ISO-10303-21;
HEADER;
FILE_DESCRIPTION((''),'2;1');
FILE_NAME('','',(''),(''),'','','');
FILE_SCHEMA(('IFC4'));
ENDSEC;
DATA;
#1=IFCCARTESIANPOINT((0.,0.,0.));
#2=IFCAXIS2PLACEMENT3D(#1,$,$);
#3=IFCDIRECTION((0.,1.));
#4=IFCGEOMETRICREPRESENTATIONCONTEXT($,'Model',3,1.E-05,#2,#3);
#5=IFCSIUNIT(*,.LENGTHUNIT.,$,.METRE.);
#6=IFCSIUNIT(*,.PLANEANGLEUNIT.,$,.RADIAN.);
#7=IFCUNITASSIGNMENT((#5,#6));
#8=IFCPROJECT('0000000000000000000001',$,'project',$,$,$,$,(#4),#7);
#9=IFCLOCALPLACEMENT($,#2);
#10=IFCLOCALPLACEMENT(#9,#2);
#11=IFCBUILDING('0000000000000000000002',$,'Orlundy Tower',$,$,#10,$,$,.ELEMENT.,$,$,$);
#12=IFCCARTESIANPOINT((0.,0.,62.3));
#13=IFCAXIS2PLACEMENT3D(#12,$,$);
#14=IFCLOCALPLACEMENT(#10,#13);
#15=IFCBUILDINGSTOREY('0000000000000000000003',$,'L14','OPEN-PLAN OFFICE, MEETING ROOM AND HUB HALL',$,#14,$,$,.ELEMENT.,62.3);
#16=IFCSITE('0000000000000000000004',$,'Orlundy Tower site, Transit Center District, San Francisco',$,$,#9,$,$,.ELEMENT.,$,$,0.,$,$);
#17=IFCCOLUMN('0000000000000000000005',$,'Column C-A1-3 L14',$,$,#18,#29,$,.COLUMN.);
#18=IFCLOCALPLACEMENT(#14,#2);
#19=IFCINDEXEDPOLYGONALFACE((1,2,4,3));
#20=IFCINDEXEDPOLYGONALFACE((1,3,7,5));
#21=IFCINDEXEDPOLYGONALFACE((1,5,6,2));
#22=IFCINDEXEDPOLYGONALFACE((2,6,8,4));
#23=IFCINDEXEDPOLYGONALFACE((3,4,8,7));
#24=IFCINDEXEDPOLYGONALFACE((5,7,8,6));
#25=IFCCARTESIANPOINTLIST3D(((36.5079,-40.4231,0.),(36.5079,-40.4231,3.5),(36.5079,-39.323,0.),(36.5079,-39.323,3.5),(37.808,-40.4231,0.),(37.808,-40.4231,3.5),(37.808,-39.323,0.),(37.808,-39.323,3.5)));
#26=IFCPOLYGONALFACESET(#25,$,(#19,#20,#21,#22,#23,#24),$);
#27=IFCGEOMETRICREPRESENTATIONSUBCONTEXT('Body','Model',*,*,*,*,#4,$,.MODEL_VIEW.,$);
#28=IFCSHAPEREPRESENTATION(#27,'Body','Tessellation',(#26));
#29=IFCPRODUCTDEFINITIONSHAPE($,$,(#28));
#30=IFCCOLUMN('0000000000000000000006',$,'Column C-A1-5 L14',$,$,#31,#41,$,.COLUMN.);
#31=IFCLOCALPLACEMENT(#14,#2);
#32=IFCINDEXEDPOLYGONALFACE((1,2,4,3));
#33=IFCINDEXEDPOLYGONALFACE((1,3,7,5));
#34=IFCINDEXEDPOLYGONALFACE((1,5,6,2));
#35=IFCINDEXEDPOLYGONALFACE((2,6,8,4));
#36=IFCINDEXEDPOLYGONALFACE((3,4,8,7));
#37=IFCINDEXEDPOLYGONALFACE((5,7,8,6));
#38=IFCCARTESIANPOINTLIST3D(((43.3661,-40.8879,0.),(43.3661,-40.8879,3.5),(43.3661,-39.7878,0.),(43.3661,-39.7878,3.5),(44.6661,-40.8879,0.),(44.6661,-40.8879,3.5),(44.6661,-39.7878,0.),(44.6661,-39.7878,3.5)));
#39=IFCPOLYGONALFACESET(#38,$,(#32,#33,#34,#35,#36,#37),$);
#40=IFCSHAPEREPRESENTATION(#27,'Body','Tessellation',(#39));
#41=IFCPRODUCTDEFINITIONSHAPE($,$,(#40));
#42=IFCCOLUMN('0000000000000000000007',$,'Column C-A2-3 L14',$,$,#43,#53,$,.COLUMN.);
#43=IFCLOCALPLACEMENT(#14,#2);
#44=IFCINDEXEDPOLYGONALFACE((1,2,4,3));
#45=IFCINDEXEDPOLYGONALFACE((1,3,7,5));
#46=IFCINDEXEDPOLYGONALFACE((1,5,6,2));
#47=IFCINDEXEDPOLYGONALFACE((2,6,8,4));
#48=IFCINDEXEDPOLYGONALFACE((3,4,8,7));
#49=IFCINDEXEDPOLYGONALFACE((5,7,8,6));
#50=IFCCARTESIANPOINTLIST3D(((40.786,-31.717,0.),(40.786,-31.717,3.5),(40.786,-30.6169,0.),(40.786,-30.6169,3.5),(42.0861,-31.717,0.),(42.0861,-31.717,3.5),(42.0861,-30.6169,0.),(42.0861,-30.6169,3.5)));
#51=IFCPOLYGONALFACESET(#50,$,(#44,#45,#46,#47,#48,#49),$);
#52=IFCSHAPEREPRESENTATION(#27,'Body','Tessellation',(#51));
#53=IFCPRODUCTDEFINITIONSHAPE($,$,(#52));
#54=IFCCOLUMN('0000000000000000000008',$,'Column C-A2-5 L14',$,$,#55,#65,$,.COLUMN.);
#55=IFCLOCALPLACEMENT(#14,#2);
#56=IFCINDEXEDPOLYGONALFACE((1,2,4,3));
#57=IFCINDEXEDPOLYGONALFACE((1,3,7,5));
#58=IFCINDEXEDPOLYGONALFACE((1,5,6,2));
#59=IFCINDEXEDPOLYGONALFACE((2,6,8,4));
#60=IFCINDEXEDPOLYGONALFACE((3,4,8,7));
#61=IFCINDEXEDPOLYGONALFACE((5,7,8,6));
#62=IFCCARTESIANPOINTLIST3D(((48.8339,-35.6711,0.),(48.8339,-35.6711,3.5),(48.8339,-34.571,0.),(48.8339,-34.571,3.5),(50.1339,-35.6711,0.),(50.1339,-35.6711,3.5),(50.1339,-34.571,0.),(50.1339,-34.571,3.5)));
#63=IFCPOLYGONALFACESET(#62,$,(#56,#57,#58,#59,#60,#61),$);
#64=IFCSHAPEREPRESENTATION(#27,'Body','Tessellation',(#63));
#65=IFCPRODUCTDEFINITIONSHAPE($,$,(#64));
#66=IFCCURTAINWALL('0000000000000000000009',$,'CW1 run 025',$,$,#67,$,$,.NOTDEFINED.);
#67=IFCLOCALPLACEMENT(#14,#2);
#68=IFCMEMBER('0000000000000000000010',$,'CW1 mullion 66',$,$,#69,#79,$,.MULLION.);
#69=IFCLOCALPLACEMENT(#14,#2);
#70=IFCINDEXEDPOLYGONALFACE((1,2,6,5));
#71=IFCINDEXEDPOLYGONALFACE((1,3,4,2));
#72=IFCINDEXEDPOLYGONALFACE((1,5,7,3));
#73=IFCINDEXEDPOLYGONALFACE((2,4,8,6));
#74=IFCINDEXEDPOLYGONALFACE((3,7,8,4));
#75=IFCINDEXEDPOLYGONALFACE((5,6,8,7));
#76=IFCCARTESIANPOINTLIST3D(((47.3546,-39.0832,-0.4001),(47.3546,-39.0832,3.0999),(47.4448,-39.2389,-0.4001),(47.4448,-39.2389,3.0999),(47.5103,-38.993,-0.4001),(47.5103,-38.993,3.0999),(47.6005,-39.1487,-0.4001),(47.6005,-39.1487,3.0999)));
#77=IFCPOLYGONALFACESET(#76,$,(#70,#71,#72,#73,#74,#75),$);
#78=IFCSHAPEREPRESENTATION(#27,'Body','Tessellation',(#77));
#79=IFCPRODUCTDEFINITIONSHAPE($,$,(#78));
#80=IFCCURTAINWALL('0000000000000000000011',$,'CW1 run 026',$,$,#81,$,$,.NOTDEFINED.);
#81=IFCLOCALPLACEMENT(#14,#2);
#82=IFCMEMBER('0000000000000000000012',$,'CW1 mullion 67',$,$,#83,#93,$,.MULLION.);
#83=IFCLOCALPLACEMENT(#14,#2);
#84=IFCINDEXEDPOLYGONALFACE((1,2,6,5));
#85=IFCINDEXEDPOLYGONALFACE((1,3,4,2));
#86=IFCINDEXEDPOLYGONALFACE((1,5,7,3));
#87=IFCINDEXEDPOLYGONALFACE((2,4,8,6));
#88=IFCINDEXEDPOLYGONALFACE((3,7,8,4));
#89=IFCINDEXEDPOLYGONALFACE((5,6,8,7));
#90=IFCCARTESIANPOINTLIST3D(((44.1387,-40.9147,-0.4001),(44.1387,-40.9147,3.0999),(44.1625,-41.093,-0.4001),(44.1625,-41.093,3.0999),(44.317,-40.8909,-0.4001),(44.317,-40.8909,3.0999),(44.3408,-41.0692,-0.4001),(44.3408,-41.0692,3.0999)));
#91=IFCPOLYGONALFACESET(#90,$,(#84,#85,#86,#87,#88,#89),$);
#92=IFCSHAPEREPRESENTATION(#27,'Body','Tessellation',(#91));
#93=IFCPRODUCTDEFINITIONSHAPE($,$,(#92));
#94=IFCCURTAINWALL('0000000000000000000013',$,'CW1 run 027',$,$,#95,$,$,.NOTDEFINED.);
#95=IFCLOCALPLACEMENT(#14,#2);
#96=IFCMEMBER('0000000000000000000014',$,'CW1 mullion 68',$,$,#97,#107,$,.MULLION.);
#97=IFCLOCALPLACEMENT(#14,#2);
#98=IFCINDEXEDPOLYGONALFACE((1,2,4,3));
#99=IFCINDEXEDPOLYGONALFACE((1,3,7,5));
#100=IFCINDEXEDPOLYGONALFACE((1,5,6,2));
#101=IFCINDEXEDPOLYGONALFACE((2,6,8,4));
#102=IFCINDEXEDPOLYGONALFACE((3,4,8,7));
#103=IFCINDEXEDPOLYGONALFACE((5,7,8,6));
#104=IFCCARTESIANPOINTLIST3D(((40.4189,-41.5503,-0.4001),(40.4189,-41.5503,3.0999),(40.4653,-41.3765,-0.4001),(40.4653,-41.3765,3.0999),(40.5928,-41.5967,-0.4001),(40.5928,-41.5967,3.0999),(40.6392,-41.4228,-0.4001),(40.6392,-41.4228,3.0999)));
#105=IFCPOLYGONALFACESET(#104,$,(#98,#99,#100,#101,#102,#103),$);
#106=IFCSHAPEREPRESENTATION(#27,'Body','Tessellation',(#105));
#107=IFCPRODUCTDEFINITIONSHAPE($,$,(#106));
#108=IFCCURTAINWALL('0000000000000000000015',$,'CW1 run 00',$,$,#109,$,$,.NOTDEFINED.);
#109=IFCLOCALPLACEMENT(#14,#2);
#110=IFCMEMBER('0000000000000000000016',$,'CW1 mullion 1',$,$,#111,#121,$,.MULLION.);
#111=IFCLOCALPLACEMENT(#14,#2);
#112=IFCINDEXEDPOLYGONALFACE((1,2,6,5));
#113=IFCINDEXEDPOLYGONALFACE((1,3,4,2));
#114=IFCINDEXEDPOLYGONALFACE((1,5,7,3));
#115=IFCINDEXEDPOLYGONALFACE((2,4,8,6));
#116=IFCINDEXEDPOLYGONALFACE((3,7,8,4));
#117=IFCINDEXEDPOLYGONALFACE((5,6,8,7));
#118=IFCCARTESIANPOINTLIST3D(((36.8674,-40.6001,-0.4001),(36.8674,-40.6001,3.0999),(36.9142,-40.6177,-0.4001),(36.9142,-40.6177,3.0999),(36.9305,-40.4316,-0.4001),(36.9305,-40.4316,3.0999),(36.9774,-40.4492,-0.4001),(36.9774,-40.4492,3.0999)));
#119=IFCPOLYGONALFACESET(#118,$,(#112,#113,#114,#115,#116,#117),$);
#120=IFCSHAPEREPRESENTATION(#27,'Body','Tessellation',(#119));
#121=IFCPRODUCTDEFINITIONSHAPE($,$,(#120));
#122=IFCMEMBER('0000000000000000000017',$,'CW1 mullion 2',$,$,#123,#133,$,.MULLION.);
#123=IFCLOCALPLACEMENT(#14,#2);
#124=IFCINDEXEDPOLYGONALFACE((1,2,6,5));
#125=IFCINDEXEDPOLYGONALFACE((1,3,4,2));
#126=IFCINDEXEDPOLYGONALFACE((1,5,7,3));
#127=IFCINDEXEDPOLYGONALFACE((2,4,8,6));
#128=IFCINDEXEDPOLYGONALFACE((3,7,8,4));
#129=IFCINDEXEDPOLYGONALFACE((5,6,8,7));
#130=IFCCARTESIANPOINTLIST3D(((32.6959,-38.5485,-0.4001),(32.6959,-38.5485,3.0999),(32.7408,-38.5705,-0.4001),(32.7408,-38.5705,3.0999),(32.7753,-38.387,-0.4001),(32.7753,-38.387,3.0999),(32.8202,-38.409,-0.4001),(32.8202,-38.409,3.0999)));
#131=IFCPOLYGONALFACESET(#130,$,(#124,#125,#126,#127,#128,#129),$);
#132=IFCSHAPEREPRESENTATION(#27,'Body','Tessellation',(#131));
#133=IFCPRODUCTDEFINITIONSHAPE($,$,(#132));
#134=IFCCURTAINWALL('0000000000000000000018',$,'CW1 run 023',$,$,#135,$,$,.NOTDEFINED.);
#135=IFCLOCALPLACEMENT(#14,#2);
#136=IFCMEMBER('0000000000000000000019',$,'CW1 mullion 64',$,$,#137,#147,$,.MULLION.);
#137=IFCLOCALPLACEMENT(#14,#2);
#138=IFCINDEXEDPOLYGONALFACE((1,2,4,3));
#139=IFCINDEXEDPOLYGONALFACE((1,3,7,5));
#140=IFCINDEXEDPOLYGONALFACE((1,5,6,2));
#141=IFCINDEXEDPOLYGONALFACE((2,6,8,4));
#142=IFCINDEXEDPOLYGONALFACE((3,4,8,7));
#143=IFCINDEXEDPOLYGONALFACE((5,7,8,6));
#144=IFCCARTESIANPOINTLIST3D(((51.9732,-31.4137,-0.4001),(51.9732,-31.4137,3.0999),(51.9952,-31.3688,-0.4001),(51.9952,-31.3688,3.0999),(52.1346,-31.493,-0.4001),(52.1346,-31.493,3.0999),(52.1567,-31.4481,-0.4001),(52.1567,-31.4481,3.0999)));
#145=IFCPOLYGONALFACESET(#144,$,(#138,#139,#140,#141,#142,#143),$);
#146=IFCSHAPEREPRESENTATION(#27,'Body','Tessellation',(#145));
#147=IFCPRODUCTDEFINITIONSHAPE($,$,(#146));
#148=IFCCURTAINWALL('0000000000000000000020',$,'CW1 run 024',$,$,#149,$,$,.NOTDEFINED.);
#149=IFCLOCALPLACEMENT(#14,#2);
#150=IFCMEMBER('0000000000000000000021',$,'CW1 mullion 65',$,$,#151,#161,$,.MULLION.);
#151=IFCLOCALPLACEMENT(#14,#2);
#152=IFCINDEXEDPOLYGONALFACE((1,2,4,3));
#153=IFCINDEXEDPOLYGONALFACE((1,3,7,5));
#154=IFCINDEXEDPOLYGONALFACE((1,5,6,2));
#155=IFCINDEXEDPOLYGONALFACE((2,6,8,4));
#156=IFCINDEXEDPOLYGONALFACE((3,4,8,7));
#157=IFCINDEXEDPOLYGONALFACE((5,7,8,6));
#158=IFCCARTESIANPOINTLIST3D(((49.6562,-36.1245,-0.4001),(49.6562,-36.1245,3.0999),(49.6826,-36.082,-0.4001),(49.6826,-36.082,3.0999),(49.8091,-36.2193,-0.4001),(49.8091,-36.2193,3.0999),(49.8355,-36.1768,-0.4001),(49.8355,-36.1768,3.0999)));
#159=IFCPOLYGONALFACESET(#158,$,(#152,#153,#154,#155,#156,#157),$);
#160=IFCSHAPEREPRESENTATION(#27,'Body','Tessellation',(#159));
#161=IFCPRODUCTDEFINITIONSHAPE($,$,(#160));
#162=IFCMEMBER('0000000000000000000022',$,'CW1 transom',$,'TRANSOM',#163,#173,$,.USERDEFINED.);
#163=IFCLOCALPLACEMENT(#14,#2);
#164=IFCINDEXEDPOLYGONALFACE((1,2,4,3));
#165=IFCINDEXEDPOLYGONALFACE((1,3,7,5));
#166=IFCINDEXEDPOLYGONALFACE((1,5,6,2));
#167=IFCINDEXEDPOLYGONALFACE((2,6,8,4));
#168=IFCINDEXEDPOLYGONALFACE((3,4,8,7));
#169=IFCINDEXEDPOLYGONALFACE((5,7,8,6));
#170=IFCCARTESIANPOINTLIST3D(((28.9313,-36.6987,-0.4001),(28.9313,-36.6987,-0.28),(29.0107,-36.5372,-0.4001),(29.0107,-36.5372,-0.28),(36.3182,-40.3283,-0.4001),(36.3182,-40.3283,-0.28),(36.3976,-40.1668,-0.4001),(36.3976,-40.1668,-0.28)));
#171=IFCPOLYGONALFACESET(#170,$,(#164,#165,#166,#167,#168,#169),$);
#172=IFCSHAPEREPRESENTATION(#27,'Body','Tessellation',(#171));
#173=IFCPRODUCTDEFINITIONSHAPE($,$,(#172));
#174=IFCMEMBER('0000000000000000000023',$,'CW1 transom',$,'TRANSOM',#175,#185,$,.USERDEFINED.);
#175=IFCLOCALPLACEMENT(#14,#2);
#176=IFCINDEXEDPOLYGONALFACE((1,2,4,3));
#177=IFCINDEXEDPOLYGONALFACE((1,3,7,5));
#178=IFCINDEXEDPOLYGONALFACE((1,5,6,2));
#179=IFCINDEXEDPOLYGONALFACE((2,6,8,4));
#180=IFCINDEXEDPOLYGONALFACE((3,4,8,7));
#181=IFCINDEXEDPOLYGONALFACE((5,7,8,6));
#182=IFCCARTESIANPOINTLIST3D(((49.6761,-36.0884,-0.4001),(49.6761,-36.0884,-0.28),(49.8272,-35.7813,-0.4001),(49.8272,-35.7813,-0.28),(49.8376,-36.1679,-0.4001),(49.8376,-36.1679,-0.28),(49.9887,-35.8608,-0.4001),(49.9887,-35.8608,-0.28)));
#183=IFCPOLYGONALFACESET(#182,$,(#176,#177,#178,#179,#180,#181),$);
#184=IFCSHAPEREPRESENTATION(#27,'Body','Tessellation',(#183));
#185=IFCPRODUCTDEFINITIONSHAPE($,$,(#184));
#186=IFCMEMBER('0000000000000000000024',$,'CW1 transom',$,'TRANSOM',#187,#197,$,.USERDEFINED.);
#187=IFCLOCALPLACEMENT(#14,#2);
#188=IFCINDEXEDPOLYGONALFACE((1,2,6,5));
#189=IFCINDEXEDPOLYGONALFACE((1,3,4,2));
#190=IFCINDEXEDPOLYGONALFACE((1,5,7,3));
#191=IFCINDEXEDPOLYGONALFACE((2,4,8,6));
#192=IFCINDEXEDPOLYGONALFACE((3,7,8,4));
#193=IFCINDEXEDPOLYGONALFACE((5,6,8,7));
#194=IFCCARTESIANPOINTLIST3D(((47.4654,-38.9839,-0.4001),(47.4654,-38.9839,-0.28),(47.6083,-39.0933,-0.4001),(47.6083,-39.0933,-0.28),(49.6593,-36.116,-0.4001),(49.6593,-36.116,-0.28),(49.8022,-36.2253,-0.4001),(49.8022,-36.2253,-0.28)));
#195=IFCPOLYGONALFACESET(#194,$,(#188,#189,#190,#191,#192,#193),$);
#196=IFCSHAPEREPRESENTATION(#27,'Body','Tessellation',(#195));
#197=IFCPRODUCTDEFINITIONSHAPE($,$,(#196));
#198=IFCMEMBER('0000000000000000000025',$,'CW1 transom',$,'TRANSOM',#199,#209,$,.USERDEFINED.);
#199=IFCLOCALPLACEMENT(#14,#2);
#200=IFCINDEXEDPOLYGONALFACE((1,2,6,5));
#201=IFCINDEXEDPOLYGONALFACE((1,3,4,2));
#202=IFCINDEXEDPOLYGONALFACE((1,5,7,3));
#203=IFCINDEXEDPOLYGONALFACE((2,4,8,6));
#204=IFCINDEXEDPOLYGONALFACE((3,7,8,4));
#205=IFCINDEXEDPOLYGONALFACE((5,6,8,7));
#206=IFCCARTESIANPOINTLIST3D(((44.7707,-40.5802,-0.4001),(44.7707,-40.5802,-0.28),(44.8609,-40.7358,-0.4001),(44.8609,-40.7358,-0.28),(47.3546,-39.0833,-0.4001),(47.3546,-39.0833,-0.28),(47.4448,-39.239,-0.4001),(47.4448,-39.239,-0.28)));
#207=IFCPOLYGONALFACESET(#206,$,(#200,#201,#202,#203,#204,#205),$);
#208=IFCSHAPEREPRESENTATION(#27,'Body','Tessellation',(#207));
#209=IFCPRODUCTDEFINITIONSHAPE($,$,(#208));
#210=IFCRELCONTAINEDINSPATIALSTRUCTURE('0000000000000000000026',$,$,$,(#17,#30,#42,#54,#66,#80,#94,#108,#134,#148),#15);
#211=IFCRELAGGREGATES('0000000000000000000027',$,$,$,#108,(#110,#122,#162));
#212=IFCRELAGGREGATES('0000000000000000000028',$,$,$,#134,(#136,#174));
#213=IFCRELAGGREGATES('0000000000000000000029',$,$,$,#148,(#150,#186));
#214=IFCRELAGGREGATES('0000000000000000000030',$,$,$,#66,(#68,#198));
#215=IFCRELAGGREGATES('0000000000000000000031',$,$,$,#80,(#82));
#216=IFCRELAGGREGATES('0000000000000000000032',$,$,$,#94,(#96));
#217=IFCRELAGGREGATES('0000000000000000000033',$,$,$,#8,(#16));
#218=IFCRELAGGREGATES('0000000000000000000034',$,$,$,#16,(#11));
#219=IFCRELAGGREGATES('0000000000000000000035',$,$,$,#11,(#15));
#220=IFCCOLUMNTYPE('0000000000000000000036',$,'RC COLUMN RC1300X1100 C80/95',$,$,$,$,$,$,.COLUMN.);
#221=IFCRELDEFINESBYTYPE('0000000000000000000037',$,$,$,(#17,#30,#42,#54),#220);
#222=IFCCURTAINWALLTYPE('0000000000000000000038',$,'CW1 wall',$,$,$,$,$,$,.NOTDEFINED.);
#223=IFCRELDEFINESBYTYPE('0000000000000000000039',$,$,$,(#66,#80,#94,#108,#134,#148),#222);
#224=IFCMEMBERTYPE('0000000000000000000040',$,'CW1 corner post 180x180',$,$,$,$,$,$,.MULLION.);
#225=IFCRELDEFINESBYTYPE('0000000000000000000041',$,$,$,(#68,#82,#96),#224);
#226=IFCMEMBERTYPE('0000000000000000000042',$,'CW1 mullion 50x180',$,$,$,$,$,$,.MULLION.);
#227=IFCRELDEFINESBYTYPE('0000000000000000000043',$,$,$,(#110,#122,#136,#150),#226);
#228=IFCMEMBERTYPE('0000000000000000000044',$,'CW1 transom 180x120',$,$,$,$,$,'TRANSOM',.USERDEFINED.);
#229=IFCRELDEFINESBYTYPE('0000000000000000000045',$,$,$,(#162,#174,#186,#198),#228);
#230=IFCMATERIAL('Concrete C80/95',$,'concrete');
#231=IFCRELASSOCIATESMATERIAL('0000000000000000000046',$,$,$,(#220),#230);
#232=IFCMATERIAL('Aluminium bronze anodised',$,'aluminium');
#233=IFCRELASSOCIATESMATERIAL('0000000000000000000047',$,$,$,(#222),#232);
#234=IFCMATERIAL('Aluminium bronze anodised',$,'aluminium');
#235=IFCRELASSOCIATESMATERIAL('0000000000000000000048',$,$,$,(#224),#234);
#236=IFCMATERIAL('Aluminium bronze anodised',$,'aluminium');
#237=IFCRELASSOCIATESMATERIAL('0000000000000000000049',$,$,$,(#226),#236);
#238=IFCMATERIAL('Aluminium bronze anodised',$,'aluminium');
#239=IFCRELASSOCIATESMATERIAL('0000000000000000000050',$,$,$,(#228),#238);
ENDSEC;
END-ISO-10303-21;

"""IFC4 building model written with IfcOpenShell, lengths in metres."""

from ifc_helpers import new_model, si_unit, direction, frame, origin, origin_2d, place, context, subcontext, project, spatial, rectangle, extrude, material, material_profile, profile_set, type_object, element, aggregate, save


model = new_model("IFC4")

# Units and contexts
model_context = context("Model", 3, precision=1e-05, world=origin(), true_north=direction((0.0, 1.0)))
body_context = subcontext(model_context, "Body", "Model", "MODEL_VIEW")
ifc_project = project(units=[si_unit("LENGTHUNIT", "METRE"), si_unit("PLANEANGLEUNIT", "RADIAN")], contexts=[model_context])

# Site, building, storey
site_placement = place(None, origin())
site = spatial("IfcSite", under=ifc_project, at=site_placement, Name="Orlundy Tower site, Transit Center District, San Francisco", CompositionType="ELEMENT", RefElevation=0.0)
building_placement = place(site_placement, origin())
building = spatial("IfcBuilding", under=site, at=building_placement, Name="Orlundy Tower", CompositionType="ELEMENT")
storey_placement = place(building_placement, frame((0.0, 0.0, 62.3)))
storey = spatial("IfcBuildingStorey", under=building, at=storey_placement, Name="L14", Description="OPEN-PLAN OFFICE, MEETING ROOM AND HUB HALL", CompositionType="ELEMENT", Elevation=62.3)

# Columns
ifc_material_1 = material(Name="Concrete C80/95", Category="concrete")
ifc_material_profile_1 = material_profile(ifc_material_1, rectangle(XDim=1.3, YDim=1.1001, at=origin_2d()), Name="RC1300X1100")
ifc_profile_set_1 = profile_set([ifc_material_profile_1], Name="Concrete C80/95")
column_type = type_object("IfcColumnType", Name="RC COLUMN RC1300X1100 C80/95", PredefinedType="COLUMN", material=ifc_profile_set_1)
for number, where, z_axis, x_axis, name in (
    (1, (37.158, -39.873, 0.0), (0.0, 0.0, 1.0), (1.0, 0.0, 0.0), "Column C-A1-3 L14"),
    (2, (44.0161, -40.3379, 0.0), (0.0, 0.0, 1.0), (1.0, 0.0, 0.0), "Column C-A1-5 L14"),
    (3, (41.436, -31.167, 0.0), (0.0, 0.0, 1.0), (1.0, 0.0, 0.0), "Column C-A2-3 L14"),
    (4, (49.4839, -35.1211, 0.0), (0.0, 0.0, 1.0), (1.0, 0.0, 0.0), "Column C-A2-5 L14"),
):
    element("IfcColumn", number, at=place(storey_placement, frame(where, z_axis=z_axis, x_axis=x_axis)), inside=storey, type_object=column_type, Name=name, PredefinedType="COLUMN", context=body_context, shape_type="SweptSolid", body=[
        extrude(rectangle(XDim=1.3, YDim=1.1001, at=origin_2d()), origin(), (0.0, 0.0, 1.0), 3.5),
    ])

# Curtain walls, members
ifc_material_2 = material(Name="Aluminium bronze anodised", Category="aluminium")
curtain_wall_type = type_object("IfcCurtainWallType", Name="CW1 wall", PredefinedType="NOTDEFINED", material=ifc_material_2)
curtain_wall_1_placement = place(storey_placement, origin())
curtain_wall_1 = element("IfcCurtainWall", 5, at=curtain_wall_1_placement, inside=storey, type_object=curtain_wall_type, Name="CW1 run 025", PredefinedType="NOTDEFINED")
ifc_material_3 = material(Name="Aluminium bronze anodised", Category="aluminium")
ifc_material_profile_2 = material_profile(ifc_material_3, rectangle(XDim=0.1799, YDim=0.1799, at=origin_2d()), Name="CW1 corner post 180x180")
ifc_profile_set_2 = profile_set([ifc_material_profile_2], Name="Aluminium bronze anodised")
member_type_1 = type_object("IfcMemberType", Name="CW1 corner post 180x180", PredefinedType="MULLION", material=ifc_profile_set_2)
member_1_placement = place(storey_placement, frame((47.4775, -39.116, -0.4001), z_axis=(0.0, 0.0, 1.0), x_axis=(0.501302, -0.865272, 0.0)))
member_1 = element("IfcMember", 6, at=member_1_placement, type_object=member_type_1, Name="CW1 mullion 66", PredefinedType="MULLION", context=body_context, shape_type="SweptSolid", body=[
    extrude(rectangle(XDim=0.1799, YDim=0.1799, at=origin_2d()), origin(), (0.0, 0.0, 1.0), 3.5),
])
curtain_wall_2_placement = place(storey_placement, origin())
curtain_wall_2 = element("IfcCurtainWall", 7, at=curtain_wall_2_placement, inside=storey, type_object=curtain_wall_type, Name="CW1 run 026", PredefinedType="NOTDEFINED")
member_2_placement = place(storey_placement, frame((44.2397, -40.9919, -0.4001), z_axis=(0.0, 0.0, 1.0), x_axis=(0.132164, -0.991228, 0.0)))
member_2 = element("IfcMember", 8, at=member_2_placement, type_object=member_type_1, Name="CW1 mullion 67", PredefinedType="MULLION", context=body_context, shape_type="SweptSolid", body=[
    extrude(rectangle(XDim=0.1799, YDim=0.1799, at=origin_2d()), origin(), (0.0, 0.0, 1.0), 3.5),
])
curtain_wall_3_placement = place(storey_placement, origin())
curtain_wall_3 = element("IfcCurtainWall", 9, at=curtain_wall_3_placement, inside=storey, type_object=curtain_wall_type, Name="CW1 run 027", PredefinedType="NOTDEFINED")
member_3_placement = place(storey_placement, frame((40.5291, -41.4866, -0.4001), z_axis=(0.0, 0.0, 1.0), x_axis=(-0.257679, -0.96623, 0.0)))
member_3 = element("IfcMember", 10, at=member_3_placement, type_object=member_type_1, Name="CW1 mullion 68", PredefinedType="MULLION", context=body_context, shape_type="SweptSolid", body=[
    extrude(rectangle(XDim=0.1799, YDim=0.1799, at=origin_2d()), origin(), (0.0, 0.0, 1.0), 3.5),
])

# Curtain wall, members
curtain_wall_4_placement = place(storey_placement, origin())
curtain_wall_4 = element("IfcCurtainWall", 11, at=curtain_wall_4_placement, inside=storey, type_object=curtain_wall_type, Name="CW1 run 00", PredefinedType="NOTDEFINED")
ifc_material_4 = material(Name="Aluminium bronze anodised", Category="aluminium")
ifc_material_profile_3 = material_profile(ifc_material_4, rectangle(XDim=0.1799, YDim=0.05, at=origin_2d()), Name="CW1 mullion 50x180")
ifc_profile_set_3 = profile_set([ifc_material_profile_3], Name="Aluminium bronze anodised")
member_type_2 = type_object("IfcMemberType", Name="CW1 mullion 50x180", PredefinedType="MULLION", material=ifc_profile_set_3)
member_4_placement = place(storey_placement, frame((36.9224, -40.5247, -0.4001), z_axis=(0.0, 0.0, 1.0), x_axis=(-0.351009, -0.936372, 0.0)))
member_4 = element("IfcMember", 12, at=member_4_placement, type_object=member_type_2, Name="CW1 mullion 1", PredefinedType="MULLION", context=body_context, shape_type="SweptSolid", body=[
    extrude(rectangle(XDim=0.1799, YDim=0.05, at=origin_2d()), origin(), (0.0, 0.0, 1.0), 3.5),
])
member_5_placement = place(storey_placement, frame((32.7581, -38.4788, -0.4001), z_axis=(0.0, 0.0, 1.0), x_axis=(-0.440969, -0.897522, 0.0)))
member_5 = element("IfcMember", 13, at=member_5_placement, type_object=member_type_2, Name="CW1 mullion 2", PredefinedType="MULLION", context=body_context, shape_type="SweptSolid", body=[
    extrude(rectangle(XDim=0.1799, YDim=0.05, at=origin_2d()), origin(), (0.0, 0.0, 1.0), 3.5),
])

# Curtain walls, members
curtain_wall_5_placement = place(storey_placement, origin())
curtain_wall_5 = element("IfcCurtainWall", 14, at=curtain_wall_5_placement, inside=storey, type_object=curtain_wall_type, Name="CW1 run 023", PredefinedType="NOTDEFINED")
member_6_placement = place(storey_placement, frame((52.0649, -31.4309, -0.4001), z_axis=(0.0, 0.0, 1.0), x_axis=(0.897501, -0.441012, 0.0)))
member_6 = element("IfcMember", 15, at=member_6_placement, type_object=member_type_2, Name="CW1 mullion 64", PredefinedType="MULLION", context=body_context, shape_type="SweptSolid", body=[
    extrude(rectangle(XDim=0.1799, YDim=0.05, at=origin_2d()), origin(), (0.0, 0.0, 1.0), 3.5),
])
curtain_wall_6_placement = place(storey_placement, origin())
curtain_wall_6 = element("IfcCurtainWall", 16, at=curtain_wall_6_placement, inside=storey, type_object=curtain_wall_type, Name="CW1 run 024", PredefinedType="NOTDEFINED")
member_7_placement = place(storey_placement, frame((49.7458, -36.1506, -0.4001), z_axis=(0.0, 0.0, 1.0), x_axis=(0.849973, -0.526826, 0.0)))
member_7 = element("IfcMember", 17, at=member_7_placement, type_object=member_type_2, Name="CW1 mullion 65", PredefinedType="MULLION", context=body_context, shape_type="SweptSolid", body=[
    extrude(rectangle(XDim=0.1799, YDim=0.05, at=origin_2d()), origin(), (0.0, 0.0, 1.0), 3.5),
])

# Members
ifc_material_5 = material(Name="Aluminium bronze anodised", Category="aluminium")
ifc_material_profile_4 = material_profile(ifc_material_5, rectangle(XDim=0.1799, YDim=0.1201, at=origin_2d()), Name="CW1 transom 180x120")
ifc_profile_set_4 = profile_set([ifc_material_profile_4], Name="Aluminium bronze anodised")
member_type_3 = type_object("IfcMemberType", Name="CW1 transom 180x120", ElementType="TRANSOM", PredefinedType="USERDEFINED", material=ifc_profile_set_4)
member_8_placement = place(storey_placement, frame((36.3579, -40.2476, -0.3401), z_axis=(-0.897508, 0.440997, 0.0), x_axis=(-0.440997, -0.897508, 0.0)))
member_8 = element("IfcMember", 18, at=member_8_placement, type_object=member_type_3, Name="CW1 transom", ObjectType="TRANSOM", PredefinedType="USERDEFINED", context=body_context, shape_type="SweptSolid", body=[
    extrude(rectangle(XDim=0.1799, YDim=0.1201, at=origin_2d()), origin(), (0.0, 0.0, 1.0), 8.2305),
])
member_9_placement = place(storey_placement, frame((49.908, -35.821, -0.3401), z_axis=(-0.441499, -0.897262, 0.0), x_axis=(0.897262, -0.441499, 0.0)))
member_9 = element("IfcMember", 19, at=member_9_placement, type_object=member_type_3, Name="CW1 transom", ObjectType="TRANSOM", PredefinedType="USERDEFINED", context=body_context, shape_type="SweptSolid", body=[
    extrude(rectangle(XDim=0.1799, YDim=0.1201, at=origin_2d()), origin(), (0.0, 0.0, 1.0), 0.3423),
])
member_10_placement = place(storey_placement, frame((49.7307, -36.1707, -0.3401), z_axis=(-0.607578, -0.79426, 0.0), x_axis=(0.79426, -0.607578, 0.0)))
member_10 = element("IfcMember", 20, at=member_10_placement, type_object=member_type_3, Name="CW1 transom", ObjectType="TRANSOM", PredefinedType="USERDEFINED", context=body_context, shape_type="SweptSolid", body=[
    extrude(rectangle(XDim=0.1799, YDim=0.1201, at=origin_2d()), origin(), (0.0, 0.0, 1.0), 3.6108),
])
member_11_placement = place(storey_placement, frame((47.3997, -39.1611, -0.3401), z_axis=(-0.865284, -0.501281, 0.0), x_axis=(0.501281, -0.865284, 0.0)))
member_11 = element("IfcMember", 21, at=member_11_placement, type_object=member_type_3, Name="CW1 transom", ObjectType="TRANSOM", PredefinedType="USERDEFINED", context=body_context, shape_type="SweptSolid", body=[
    extrude(rectangle(XDim=0.1799, YDim=0.1201, at=origin_2d()), origin(), (0.0, 0.0, 1.0), 2.9861),
])

aggregate(curtain_wall_4, [member_4, member_5, member_8])
aggregate(curtain_wall_5, [member_6, member_9])
aggregate(curtain_wall_6, [member_7, member_10])
aggregate(curtain_wall_1, [member_1, member_11])
aggregate(curtain_wall_2, [member_2])
aggregate(curtain_wall_3, [member_3])

save(model, "model.ifc")
